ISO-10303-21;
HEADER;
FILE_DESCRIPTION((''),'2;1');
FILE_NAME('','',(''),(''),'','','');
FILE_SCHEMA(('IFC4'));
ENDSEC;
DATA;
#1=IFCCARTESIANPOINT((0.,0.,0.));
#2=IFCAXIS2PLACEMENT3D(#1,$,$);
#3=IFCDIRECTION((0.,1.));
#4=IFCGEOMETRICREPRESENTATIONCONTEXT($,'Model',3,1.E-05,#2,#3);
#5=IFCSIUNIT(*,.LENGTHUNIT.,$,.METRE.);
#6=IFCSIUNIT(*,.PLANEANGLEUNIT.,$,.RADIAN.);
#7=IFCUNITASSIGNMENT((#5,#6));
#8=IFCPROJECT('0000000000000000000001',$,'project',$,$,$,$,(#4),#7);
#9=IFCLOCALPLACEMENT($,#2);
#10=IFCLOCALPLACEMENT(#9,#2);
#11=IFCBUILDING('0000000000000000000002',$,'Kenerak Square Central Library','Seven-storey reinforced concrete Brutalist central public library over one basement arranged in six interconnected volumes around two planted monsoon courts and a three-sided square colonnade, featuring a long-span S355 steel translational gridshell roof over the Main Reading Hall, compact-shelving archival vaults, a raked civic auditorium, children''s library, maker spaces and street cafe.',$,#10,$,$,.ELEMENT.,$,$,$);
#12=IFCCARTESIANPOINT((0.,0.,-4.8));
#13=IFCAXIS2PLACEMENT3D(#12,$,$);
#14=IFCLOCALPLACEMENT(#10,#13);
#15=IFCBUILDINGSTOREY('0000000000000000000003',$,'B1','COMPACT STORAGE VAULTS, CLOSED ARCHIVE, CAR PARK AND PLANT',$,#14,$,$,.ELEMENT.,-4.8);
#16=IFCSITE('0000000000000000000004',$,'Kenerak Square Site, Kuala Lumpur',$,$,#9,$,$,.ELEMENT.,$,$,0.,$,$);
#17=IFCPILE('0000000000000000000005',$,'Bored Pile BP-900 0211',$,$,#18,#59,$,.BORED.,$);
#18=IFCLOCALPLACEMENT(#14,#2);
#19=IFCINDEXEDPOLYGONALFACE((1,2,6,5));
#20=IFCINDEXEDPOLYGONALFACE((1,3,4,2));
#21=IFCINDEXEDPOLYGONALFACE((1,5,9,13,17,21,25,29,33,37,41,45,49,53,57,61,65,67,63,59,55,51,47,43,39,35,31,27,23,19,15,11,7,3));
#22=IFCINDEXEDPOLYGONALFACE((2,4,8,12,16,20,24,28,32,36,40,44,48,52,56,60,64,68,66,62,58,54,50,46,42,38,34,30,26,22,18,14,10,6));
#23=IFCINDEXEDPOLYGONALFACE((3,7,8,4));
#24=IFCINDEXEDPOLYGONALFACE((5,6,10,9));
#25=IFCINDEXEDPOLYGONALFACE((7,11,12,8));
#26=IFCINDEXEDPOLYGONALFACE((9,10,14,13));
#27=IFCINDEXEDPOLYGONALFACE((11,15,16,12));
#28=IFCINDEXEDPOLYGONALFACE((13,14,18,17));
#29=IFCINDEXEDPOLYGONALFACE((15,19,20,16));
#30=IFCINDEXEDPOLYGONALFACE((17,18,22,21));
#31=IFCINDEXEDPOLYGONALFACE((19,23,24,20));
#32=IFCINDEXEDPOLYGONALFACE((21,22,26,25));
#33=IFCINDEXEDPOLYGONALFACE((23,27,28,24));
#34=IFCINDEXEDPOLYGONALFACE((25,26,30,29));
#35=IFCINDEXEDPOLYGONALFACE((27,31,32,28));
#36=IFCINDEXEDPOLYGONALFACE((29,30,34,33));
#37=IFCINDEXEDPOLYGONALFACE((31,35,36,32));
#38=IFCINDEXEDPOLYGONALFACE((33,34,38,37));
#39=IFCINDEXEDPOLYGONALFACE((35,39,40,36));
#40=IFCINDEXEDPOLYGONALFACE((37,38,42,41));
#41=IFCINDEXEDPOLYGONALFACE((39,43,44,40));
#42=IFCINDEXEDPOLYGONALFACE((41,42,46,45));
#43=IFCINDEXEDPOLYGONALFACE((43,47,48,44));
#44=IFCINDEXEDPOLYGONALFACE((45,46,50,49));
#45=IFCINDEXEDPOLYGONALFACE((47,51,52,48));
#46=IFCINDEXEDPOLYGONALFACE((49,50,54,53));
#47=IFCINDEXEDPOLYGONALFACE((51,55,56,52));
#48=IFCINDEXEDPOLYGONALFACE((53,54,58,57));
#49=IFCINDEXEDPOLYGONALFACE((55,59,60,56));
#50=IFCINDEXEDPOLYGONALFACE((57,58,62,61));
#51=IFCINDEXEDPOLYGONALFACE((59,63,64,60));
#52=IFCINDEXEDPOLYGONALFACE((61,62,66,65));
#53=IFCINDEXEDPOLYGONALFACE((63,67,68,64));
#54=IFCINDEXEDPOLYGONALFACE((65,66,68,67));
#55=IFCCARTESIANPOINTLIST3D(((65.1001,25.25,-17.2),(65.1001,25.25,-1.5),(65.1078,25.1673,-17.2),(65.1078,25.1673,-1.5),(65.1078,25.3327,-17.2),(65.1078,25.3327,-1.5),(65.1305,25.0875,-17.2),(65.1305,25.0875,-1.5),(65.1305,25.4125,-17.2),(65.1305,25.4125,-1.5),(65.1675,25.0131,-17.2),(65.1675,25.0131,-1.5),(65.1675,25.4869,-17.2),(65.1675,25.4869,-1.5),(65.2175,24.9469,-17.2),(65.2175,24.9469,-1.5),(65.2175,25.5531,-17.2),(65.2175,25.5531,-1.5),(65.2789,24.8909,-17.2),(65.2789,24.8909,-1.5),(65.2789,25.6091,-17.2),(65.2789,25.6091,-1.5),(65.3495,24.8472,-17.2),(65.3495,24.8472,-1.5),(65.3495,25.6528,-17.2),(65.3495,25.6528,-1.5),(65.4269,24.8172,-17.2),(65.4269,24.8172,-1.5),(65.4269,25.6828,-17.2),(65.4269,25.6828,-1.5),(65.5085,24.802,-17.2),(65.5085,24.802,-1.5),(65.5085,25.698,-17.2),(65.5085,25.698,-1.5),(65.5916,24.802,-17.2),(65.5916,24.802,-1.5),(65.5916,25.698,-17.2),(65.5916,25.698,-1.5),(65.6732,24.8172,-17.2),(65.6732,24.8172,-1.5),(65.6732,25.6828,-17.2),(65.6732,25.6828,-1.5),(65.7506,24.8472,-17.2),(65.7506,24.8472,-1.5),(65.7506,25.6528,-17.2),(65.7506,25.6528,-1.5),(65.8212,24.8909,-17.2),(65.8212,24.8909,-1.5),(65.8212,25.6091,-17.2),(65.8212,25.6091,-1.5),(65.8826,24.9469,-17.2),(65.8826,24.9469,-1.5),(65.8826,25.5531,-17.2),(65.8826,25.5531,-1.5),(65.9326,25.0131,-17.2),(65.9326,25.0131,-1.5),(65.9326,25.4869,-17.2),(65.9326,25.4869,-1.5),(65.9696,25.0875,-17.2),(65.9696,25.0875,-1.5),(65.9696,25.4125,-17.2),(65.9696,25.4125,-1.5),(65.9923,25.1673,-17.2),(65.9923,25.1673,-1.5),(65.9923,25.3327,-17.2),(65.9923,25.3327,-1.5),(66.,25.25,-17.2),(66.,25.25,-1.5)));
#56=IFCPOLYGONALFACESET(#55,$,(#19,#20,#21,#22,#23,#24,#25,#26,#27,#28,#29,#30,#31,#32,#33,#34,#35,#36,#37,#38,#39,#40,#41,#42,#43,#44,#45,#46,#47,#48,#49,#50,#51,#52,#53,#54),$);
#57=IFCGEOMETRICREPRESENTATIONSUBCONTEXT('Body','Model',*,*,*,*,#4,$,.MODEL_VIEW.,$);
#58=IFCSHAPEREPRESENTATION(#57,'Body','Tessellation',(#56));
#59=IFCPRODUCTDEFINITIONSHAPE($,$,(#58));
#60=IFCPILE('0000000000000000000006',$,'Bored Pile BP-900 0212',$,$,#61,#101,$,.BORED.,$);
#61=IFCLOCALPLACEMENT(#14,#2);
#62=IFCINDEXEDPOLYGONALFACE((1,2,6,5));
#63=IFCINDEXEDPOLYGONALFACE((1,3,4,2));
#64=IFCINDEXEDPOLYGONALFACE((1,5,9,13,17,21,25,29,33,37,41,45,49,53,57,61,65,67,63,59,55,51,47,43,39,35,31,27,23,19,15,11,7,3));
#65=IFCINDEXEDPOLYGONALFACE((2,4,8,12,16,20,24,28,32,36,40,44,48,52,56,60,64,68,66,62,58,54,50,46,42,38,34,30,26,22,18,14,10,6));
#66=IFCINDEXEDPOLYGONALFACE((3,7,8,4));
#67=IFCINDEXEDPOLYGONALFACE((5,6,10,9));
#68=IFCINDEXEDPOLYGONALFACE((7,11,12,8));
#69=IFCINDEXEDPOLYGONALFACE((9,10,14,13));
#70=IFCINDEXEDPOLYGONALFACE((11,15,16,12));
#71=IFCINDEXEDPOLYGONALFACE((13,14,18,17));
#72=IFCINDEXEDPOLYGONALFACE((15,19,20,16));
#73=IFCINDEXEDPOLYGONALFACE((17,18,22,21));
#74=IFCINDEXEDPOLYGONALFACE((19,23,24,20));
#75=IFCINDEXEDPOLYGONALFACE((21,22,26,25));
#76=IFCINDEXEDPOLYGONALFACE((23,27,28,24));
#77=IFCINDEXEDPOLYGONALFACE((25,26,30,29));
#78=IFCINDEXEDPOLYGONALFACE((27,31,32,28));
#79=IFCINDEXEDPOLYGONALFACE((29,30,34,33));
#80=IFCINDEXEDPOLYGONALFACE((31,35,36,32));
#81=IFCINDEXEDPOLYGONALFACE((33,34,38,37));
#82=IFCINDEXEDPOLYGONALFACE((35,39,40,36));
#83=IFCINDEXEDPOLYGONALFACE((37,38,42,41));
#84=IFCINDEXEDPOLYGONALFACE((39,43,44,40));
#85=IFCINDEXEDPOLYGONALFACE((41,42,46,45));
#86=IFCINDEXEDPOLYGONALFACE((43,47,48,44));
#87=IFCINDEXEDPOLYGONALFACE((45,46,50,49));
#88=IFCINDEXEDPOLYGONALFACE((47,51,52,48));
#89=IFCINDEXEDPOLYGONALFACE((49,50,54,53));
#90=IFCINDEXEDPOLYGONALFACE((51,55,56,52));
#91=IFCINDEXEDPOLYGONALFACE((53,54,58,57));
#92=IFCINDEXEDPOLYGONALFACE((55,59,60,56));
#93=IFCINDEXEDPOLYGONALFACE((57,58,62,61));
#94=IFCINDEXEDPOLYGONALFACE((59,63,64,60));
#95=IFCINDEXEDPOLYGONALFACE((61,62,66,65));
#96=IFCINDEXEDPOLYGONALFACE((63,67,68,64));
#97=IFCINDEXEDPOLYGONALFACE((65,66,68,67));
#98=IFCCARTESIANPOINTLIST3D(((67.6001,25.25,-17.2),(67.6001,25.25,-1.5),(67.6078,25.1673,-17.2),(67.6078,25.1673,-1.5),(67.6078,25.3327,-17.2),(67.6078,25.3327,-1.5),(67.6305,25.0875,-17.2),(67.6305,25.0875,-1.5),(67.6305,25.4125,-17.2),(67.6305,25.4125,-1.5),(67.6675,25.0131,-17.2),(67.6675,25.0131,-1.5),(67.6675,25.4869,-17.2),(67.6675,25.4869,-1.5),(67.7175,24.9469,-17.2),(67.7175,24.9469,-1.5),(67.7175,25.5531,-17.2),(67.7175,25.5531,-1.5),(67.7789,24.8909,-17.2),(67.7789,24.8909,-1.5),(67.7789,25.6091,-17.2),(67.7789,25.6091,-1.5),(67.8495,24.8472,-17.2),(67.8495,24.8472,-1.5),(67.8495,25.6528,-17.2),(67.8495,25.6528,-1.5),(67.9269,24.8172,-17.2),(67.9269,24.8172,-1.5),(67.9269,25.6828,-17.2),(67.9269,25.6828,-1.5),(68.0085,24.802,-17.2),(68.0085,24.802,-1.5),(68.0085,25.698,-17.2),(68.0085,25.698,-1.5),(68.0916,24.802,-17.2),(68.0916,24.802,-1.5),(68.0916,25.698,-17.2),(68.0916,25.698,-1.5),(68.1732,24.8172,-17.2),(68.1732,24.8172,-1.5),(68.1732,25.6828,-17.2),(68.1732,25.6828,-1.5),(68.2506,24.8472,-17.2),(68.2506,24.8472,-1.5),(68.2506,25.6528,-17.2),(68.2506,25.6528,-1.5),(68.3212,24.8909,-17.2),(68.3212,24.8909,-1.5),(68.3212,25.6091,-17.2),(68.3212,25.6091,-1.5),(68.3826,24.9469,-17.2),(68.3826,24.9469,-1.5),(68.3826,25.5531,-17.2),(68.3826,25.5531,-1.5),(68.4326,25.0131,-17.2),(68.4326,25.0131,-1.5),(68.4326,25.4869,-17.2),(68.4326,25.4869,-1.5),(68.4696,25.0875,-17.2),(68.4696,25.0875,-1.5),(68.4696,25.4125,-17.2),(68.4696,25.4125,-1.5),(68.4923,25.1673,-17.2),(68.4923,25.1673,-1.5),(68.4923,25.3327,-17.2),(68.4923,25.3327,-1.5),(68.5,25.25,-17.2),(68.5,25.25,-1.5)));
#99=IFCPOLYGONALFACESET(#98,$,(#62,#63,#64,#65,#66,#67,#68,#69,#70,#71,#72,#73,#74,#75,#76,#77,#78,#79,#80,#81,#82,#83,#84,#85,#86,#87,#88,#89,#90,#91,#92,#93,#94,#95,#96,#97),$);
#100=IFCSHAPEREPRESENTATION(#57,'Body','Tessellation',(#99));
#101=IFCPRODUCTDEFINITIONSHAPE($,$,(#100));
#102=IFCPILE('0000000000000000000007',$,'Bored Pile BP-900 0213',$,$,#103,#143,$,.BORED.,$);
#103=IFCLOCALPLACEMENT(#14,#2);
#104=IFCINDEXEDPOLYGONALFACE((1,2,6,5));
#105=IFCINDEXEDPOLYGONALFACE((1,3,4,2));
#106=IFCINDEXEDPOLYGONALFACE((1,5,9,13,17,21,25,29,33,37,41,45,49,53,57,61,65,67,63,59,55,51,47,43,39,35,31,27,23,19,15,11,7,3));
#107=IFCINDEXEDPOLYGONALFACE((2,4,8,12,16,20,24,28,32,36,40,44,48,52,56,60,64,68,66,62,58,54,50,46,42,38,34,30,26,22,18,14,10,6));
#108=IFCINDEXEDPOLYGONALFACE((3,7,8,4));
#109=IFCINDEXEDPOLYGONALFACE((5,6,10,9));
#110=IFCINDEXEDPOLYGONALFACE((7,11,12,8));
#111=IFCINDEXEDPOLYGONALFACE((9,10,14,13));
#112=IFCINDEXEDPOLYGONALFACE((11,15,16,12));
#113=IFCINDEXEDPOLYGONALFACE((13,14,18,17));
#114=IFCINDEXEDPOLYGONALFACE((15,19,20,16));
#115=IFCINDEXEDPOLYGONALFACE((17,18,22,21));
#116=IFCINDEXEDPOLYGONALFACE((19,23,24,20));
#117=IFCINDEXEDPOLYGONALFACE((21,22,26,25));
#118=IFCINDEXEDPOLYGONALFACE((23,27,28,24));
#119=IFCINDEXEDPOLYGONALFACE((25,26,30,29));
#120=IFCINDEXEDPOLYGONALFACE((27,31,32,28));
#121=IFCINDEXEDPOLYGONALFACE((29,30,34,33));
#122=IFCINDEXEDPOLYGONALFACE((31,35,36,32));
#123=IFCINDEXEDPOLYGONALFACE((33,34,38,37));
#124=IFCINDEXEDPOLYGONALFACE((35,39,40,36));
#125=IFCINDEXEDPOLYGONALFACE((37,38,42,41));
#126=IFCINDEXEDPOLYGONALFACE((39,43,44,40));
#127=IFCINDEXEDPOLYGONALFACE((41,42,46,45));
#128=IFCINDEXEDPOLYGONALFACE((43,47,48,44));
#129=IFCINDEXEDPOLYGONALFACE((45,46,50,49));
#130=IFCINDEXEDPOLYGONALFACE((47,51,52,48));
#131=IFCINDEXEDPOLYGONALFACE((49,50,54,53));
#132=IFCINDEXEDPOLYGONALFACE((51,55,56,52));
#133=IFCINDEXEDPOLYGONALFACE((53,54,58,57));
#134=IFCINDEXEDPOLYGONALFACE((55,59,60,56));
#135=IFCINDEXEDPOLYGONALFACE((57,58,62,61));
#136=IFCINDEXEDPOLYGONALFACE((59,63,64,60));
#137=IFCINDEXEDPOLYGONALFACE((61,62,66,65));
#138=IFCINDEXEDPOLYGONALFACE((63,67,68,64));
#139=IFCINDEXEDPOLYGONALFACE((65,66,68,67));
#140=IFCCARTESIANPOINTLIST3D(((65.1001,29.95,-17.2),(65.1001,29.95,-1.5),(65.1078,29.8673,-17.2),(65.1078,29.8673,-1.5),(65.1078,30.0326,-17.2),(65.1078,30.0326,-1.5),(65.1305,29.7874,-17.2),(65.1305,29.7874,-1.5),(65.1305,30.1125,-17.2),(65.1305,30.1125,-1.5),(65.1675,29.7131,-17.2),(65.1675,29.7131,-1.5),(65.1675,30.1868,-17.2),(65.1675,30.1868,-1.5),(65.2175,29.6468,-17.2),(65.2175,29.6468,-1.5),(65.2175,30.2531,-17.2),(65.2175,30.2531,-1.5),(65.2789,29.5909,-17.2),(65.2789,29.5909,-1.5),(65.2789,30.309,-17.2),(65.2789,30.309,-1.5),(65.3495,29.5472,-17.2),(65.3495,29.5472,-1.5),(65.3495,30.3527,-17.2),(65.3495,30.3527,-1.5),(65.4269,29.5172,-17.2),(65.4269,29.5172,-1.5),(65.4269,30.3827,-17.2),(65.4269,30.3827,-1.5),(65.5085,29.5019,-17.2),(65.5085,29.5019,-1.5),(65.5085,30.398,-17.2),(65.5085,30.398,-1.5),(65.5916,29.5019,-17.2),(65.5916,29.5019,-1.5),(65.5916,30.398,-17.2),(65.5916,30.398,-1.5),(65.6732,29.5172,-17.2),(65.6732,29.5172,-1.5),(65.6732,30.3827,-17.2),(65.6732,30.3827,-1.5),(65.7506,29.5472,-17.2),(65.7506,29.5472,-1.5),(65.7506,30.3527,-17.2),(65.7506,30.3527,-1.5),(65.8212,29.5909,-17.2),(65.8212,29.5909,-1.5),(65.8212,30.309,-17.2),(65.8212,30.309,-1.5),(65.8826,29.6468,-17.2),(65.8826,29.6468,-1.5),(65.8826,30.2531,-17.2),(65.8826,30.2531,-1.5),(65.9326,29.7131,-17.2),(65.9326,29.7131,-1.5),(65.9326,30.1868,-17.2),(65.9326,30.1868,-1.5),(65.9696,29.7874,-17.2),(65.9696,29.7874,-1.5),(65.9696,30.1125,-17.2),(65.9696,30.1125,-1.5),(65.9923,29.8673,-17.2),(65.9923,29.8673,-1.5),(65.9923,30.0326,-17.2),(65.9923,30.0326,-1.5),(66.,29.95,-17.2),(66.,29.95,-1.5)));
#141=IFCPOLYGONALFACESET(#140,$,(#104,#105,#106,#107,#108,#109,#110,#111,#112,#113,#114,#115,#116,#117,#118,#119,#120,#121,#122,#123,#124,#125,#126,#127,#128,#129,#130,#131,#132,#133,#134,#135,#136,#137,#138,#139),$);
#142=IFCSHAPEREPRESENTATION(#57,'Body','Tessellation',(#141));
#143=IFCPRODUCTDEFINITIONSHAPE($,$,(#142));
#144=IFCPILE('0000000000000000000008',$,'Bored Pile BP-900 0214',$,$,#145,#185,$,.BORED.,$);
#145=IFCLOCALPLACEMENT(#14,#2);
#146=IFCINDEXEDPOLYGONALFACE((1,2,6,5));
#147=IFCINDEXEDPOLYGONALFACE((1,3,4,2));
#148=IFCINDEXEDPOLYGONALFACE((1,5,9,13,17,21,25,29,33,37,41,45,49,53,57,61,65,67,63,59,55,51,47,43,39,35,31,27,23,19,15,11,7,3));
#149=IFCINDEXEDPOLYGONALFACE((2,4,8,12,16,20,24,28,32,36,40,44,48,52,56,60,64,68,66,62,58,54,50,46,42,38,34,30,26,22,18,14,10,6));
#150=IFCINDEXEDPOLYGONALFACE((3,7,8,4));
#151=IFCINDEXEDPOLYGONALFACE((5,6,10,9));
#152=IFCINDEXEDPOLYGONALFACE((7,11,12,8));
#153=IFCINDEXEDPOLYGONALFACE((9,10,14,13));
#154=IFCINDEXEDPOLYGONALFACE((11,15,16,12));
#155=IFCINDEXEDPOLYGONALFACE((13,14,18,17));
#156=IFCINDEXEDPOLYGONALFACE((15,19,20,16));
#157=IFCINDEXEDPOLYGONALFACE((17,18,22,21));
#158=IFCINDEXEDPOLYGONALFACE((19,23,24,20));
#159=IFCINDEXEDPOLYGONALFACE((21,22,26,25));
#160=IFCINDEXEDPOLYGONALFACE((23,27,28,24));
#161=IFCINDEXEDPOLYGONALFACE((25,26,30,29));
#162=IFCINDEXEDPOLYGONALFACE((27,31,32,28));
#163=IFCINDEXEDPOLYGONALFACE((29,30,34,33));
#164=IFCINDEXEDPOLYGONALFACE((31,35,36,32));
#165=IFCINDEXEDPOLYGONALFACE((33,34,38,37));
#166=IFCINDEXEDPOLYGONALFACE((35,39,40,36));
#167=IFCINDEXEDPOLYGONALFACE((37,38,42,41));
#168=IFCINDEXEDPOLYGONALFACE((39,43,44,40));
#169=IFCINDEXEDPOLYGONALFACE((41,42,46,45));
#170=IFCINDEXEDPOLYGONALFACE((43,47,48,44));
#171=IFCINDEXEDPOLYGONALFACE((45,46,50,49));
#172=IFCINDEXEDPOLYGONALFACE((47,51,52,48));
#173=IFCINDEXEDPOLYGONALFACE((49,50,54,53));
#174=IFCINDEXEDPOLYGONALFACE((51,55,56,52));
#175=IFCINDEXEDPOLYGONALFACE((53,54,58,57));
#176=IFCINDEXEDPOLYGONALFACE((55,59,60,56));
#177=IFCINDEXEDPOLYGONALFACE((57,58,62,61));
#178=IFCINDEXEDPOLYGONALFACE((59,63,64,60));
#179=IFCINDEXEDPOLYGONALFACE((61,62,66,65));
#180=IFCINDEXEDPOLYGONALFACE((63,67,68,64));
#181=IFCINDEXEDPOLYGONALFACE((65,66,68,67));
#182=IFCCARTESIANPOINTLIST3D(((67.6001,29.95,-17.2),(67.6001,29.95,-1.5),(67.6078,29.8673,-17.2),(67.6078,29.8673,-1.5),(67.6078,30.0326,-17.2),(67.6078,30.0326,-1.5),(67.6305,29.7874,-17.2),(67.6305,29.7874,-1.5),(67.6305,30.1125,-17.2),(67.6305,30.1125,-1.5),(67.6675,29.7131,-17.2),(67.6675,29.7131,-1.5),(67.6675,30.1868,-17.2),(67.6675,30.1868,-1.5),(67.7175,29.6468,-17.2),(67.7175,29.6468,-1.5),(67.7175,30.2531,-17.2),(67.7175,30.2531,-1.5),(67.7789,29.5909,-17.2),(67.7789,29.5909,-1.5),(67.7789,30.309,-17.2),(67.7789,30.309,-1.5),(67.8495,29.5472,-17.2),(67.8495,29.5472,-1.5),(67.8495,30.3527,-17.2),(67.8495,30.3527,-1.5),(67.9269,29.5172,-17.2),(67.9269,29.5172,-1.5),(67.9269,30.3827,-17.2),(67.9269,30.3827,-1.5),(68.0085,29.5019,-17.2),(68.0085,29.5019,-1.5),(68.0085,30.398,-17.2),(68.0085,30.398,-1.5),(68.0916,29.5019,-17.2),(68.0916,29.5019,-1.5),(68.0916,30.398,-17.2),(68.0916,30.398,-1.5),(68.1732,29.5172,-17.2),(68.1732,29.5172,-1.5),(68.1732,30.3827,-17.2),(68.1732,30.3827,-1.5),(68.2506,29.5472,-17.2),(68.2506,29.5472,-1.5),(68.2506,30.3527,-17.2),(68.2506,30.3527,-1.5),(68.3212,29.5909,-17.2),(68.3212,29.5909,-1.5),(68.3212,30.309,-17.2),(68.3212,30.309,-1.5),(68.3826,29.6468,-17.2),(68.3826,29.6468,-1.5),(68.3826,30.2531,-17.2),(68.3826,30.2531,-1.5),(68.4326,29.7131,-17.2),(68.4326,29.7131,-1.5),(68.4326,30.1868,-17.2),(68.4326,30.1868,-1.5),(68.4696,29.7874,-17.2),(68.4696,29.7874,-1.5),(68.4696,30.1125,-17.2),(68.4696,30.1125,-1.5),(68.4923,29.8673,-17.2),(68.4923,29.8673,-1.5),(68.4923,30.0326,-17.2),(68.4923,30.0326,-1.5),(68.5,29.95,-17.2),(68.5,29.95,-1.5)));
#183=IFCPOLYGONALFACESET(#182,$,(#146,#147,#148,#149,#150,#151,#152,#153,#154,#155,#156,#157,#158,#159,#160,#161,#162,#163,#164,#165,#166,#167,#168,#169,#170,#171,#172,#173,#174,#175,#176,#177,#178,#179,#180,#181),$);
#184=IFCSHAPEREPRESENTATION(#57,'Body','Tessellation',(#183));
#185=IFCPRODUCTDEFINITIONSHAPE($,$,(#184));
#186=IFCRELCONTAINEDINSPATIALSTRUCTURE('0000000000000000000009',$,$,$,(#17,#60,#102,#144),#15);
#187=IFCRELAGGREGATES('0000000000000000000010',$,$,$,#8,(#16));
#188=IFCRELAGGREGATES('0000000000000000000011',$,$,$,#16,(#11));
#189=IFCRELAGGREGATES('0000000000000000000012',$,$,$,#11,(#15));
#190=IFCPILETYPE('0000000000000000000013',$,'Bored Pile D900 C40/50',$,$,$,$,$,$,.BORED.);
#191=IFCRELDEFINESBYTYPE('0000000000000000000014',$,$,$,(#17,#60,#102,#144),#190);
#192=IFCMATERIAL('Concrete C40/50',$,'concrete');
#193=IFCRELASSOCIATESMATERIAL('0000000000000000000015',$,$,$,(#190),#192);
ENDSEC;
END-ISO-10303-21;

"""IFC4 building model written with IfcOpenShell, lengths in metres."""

from ifc_helpers import new_model, si_unit, direction, frame, origin, origin_2d, place, context, subcontext, project, spatial, circle, extrude, material, material_profile, profile_set, type_object, element, save


model = new_model("IFC4")

# Units and contexts
model_context = context("Model", 3, precision=1e-05, world=origin(), true_north=direction((0.0, 1.0)))
body_context = subcontext(model_context, "Body", "Model", "MODEL_VIEW")
ifc_project = project(units=[si_unit("LENGTHUNIT", "METRE"), si_unit("PLANEANGLEUNIT", "RADIAN")], contexts=[model_context])

# Site, building, storey
site_placement = place(None, origin())
site = spatial("IfcSite", under=ifc_project, at=site_placement, Name="Kenerak Square Site, Kuala Lumpur", CompositionType="ELEMENT", RefElevation=0.0)
building_placement = place(site_placement, origin())
building = spatial("IfcBuilding", under=site, at=building_placement, Name="Kenerak Square Central Library", Description="Seven-storey reinforced concrete Brutalist central public library over one basement arranged in six interconnected volumes around two planted monsoon courts and a three-sided square colonnade, featuring a long-span S355 steel translational gridshell roof over the Main Reading Hall, compact-shelving archival vaults, a raked civic auditorium, children's library, maker spaces and street cafe.", CompositionType="ELEMENT")
storey_placement = place(building_placement, frame((0.0, 0.0, -4.8)))
storey = spatial("IfcBuildingStorey", under=building, at=storey_placement, Name="B1", Description="COMPACT STORAGE VAULTS, CLOSED ARCHIVE, CAR PARK AND PLANT", CompositionType="ELEMENT", Elevation=-4.8)

# Piles
ifc_material_1 = material(Name="Concrete C40/50", Category="concrete")
ifc_material_profile_1 = material_profile(ifc_material_1, circle(Radius=0.45, at=origin_2d()), Name="BP D900")
ifc_profile_set_1 = profile_set([ifc_material_profile_1], Name="Concrete C40/50")
pile_type_1 = type_object("IfcPileType", Name="Bored Pile D900 C40/50", PredefinedType="BORED", material=ifc_profile_set_1)
for number, where, z_axis, x_axis, name in (
    (1, (65.55, 25.25, -1.5), (0.0, 0.0, -1.0), (1.0, 0.0, 0.0), "Bored Pile BP-900 0211"),
    (2, (68.05, 25.25, -1.5), (0.0, 0.0, -1.0), (1.0, 0.0, 0.0), "Bored Pile BP-900 0212"),
    (3, (65.55, 29.95, -1.5), (0.0, 0.0, -1.0), (1.0, 0.0, 0.0), "Bored Pile BP-900 0213"),
    (4, (68.05, 29.95, -1.5), (0.0, 0.0, -1.0), (1.0, 0.0, 0.0), "Bored Pile BP-900 0214"),
):
    element("IfcPile", number, at=place(storey_placement, frame(where, z_axis=z_axis, x_axis=x_axis)), inside=storey, type_object=pile_type_1, Name=name, PredefinedType="BORED", context=body_context, shape_type="SweptSolid", body=[
        extrude(circle(Radius=0.45, at=origin_2d()), origin(), (0.0, 0.0, 1.0), 15.7),
    ])

save(model, "model.ifc")
